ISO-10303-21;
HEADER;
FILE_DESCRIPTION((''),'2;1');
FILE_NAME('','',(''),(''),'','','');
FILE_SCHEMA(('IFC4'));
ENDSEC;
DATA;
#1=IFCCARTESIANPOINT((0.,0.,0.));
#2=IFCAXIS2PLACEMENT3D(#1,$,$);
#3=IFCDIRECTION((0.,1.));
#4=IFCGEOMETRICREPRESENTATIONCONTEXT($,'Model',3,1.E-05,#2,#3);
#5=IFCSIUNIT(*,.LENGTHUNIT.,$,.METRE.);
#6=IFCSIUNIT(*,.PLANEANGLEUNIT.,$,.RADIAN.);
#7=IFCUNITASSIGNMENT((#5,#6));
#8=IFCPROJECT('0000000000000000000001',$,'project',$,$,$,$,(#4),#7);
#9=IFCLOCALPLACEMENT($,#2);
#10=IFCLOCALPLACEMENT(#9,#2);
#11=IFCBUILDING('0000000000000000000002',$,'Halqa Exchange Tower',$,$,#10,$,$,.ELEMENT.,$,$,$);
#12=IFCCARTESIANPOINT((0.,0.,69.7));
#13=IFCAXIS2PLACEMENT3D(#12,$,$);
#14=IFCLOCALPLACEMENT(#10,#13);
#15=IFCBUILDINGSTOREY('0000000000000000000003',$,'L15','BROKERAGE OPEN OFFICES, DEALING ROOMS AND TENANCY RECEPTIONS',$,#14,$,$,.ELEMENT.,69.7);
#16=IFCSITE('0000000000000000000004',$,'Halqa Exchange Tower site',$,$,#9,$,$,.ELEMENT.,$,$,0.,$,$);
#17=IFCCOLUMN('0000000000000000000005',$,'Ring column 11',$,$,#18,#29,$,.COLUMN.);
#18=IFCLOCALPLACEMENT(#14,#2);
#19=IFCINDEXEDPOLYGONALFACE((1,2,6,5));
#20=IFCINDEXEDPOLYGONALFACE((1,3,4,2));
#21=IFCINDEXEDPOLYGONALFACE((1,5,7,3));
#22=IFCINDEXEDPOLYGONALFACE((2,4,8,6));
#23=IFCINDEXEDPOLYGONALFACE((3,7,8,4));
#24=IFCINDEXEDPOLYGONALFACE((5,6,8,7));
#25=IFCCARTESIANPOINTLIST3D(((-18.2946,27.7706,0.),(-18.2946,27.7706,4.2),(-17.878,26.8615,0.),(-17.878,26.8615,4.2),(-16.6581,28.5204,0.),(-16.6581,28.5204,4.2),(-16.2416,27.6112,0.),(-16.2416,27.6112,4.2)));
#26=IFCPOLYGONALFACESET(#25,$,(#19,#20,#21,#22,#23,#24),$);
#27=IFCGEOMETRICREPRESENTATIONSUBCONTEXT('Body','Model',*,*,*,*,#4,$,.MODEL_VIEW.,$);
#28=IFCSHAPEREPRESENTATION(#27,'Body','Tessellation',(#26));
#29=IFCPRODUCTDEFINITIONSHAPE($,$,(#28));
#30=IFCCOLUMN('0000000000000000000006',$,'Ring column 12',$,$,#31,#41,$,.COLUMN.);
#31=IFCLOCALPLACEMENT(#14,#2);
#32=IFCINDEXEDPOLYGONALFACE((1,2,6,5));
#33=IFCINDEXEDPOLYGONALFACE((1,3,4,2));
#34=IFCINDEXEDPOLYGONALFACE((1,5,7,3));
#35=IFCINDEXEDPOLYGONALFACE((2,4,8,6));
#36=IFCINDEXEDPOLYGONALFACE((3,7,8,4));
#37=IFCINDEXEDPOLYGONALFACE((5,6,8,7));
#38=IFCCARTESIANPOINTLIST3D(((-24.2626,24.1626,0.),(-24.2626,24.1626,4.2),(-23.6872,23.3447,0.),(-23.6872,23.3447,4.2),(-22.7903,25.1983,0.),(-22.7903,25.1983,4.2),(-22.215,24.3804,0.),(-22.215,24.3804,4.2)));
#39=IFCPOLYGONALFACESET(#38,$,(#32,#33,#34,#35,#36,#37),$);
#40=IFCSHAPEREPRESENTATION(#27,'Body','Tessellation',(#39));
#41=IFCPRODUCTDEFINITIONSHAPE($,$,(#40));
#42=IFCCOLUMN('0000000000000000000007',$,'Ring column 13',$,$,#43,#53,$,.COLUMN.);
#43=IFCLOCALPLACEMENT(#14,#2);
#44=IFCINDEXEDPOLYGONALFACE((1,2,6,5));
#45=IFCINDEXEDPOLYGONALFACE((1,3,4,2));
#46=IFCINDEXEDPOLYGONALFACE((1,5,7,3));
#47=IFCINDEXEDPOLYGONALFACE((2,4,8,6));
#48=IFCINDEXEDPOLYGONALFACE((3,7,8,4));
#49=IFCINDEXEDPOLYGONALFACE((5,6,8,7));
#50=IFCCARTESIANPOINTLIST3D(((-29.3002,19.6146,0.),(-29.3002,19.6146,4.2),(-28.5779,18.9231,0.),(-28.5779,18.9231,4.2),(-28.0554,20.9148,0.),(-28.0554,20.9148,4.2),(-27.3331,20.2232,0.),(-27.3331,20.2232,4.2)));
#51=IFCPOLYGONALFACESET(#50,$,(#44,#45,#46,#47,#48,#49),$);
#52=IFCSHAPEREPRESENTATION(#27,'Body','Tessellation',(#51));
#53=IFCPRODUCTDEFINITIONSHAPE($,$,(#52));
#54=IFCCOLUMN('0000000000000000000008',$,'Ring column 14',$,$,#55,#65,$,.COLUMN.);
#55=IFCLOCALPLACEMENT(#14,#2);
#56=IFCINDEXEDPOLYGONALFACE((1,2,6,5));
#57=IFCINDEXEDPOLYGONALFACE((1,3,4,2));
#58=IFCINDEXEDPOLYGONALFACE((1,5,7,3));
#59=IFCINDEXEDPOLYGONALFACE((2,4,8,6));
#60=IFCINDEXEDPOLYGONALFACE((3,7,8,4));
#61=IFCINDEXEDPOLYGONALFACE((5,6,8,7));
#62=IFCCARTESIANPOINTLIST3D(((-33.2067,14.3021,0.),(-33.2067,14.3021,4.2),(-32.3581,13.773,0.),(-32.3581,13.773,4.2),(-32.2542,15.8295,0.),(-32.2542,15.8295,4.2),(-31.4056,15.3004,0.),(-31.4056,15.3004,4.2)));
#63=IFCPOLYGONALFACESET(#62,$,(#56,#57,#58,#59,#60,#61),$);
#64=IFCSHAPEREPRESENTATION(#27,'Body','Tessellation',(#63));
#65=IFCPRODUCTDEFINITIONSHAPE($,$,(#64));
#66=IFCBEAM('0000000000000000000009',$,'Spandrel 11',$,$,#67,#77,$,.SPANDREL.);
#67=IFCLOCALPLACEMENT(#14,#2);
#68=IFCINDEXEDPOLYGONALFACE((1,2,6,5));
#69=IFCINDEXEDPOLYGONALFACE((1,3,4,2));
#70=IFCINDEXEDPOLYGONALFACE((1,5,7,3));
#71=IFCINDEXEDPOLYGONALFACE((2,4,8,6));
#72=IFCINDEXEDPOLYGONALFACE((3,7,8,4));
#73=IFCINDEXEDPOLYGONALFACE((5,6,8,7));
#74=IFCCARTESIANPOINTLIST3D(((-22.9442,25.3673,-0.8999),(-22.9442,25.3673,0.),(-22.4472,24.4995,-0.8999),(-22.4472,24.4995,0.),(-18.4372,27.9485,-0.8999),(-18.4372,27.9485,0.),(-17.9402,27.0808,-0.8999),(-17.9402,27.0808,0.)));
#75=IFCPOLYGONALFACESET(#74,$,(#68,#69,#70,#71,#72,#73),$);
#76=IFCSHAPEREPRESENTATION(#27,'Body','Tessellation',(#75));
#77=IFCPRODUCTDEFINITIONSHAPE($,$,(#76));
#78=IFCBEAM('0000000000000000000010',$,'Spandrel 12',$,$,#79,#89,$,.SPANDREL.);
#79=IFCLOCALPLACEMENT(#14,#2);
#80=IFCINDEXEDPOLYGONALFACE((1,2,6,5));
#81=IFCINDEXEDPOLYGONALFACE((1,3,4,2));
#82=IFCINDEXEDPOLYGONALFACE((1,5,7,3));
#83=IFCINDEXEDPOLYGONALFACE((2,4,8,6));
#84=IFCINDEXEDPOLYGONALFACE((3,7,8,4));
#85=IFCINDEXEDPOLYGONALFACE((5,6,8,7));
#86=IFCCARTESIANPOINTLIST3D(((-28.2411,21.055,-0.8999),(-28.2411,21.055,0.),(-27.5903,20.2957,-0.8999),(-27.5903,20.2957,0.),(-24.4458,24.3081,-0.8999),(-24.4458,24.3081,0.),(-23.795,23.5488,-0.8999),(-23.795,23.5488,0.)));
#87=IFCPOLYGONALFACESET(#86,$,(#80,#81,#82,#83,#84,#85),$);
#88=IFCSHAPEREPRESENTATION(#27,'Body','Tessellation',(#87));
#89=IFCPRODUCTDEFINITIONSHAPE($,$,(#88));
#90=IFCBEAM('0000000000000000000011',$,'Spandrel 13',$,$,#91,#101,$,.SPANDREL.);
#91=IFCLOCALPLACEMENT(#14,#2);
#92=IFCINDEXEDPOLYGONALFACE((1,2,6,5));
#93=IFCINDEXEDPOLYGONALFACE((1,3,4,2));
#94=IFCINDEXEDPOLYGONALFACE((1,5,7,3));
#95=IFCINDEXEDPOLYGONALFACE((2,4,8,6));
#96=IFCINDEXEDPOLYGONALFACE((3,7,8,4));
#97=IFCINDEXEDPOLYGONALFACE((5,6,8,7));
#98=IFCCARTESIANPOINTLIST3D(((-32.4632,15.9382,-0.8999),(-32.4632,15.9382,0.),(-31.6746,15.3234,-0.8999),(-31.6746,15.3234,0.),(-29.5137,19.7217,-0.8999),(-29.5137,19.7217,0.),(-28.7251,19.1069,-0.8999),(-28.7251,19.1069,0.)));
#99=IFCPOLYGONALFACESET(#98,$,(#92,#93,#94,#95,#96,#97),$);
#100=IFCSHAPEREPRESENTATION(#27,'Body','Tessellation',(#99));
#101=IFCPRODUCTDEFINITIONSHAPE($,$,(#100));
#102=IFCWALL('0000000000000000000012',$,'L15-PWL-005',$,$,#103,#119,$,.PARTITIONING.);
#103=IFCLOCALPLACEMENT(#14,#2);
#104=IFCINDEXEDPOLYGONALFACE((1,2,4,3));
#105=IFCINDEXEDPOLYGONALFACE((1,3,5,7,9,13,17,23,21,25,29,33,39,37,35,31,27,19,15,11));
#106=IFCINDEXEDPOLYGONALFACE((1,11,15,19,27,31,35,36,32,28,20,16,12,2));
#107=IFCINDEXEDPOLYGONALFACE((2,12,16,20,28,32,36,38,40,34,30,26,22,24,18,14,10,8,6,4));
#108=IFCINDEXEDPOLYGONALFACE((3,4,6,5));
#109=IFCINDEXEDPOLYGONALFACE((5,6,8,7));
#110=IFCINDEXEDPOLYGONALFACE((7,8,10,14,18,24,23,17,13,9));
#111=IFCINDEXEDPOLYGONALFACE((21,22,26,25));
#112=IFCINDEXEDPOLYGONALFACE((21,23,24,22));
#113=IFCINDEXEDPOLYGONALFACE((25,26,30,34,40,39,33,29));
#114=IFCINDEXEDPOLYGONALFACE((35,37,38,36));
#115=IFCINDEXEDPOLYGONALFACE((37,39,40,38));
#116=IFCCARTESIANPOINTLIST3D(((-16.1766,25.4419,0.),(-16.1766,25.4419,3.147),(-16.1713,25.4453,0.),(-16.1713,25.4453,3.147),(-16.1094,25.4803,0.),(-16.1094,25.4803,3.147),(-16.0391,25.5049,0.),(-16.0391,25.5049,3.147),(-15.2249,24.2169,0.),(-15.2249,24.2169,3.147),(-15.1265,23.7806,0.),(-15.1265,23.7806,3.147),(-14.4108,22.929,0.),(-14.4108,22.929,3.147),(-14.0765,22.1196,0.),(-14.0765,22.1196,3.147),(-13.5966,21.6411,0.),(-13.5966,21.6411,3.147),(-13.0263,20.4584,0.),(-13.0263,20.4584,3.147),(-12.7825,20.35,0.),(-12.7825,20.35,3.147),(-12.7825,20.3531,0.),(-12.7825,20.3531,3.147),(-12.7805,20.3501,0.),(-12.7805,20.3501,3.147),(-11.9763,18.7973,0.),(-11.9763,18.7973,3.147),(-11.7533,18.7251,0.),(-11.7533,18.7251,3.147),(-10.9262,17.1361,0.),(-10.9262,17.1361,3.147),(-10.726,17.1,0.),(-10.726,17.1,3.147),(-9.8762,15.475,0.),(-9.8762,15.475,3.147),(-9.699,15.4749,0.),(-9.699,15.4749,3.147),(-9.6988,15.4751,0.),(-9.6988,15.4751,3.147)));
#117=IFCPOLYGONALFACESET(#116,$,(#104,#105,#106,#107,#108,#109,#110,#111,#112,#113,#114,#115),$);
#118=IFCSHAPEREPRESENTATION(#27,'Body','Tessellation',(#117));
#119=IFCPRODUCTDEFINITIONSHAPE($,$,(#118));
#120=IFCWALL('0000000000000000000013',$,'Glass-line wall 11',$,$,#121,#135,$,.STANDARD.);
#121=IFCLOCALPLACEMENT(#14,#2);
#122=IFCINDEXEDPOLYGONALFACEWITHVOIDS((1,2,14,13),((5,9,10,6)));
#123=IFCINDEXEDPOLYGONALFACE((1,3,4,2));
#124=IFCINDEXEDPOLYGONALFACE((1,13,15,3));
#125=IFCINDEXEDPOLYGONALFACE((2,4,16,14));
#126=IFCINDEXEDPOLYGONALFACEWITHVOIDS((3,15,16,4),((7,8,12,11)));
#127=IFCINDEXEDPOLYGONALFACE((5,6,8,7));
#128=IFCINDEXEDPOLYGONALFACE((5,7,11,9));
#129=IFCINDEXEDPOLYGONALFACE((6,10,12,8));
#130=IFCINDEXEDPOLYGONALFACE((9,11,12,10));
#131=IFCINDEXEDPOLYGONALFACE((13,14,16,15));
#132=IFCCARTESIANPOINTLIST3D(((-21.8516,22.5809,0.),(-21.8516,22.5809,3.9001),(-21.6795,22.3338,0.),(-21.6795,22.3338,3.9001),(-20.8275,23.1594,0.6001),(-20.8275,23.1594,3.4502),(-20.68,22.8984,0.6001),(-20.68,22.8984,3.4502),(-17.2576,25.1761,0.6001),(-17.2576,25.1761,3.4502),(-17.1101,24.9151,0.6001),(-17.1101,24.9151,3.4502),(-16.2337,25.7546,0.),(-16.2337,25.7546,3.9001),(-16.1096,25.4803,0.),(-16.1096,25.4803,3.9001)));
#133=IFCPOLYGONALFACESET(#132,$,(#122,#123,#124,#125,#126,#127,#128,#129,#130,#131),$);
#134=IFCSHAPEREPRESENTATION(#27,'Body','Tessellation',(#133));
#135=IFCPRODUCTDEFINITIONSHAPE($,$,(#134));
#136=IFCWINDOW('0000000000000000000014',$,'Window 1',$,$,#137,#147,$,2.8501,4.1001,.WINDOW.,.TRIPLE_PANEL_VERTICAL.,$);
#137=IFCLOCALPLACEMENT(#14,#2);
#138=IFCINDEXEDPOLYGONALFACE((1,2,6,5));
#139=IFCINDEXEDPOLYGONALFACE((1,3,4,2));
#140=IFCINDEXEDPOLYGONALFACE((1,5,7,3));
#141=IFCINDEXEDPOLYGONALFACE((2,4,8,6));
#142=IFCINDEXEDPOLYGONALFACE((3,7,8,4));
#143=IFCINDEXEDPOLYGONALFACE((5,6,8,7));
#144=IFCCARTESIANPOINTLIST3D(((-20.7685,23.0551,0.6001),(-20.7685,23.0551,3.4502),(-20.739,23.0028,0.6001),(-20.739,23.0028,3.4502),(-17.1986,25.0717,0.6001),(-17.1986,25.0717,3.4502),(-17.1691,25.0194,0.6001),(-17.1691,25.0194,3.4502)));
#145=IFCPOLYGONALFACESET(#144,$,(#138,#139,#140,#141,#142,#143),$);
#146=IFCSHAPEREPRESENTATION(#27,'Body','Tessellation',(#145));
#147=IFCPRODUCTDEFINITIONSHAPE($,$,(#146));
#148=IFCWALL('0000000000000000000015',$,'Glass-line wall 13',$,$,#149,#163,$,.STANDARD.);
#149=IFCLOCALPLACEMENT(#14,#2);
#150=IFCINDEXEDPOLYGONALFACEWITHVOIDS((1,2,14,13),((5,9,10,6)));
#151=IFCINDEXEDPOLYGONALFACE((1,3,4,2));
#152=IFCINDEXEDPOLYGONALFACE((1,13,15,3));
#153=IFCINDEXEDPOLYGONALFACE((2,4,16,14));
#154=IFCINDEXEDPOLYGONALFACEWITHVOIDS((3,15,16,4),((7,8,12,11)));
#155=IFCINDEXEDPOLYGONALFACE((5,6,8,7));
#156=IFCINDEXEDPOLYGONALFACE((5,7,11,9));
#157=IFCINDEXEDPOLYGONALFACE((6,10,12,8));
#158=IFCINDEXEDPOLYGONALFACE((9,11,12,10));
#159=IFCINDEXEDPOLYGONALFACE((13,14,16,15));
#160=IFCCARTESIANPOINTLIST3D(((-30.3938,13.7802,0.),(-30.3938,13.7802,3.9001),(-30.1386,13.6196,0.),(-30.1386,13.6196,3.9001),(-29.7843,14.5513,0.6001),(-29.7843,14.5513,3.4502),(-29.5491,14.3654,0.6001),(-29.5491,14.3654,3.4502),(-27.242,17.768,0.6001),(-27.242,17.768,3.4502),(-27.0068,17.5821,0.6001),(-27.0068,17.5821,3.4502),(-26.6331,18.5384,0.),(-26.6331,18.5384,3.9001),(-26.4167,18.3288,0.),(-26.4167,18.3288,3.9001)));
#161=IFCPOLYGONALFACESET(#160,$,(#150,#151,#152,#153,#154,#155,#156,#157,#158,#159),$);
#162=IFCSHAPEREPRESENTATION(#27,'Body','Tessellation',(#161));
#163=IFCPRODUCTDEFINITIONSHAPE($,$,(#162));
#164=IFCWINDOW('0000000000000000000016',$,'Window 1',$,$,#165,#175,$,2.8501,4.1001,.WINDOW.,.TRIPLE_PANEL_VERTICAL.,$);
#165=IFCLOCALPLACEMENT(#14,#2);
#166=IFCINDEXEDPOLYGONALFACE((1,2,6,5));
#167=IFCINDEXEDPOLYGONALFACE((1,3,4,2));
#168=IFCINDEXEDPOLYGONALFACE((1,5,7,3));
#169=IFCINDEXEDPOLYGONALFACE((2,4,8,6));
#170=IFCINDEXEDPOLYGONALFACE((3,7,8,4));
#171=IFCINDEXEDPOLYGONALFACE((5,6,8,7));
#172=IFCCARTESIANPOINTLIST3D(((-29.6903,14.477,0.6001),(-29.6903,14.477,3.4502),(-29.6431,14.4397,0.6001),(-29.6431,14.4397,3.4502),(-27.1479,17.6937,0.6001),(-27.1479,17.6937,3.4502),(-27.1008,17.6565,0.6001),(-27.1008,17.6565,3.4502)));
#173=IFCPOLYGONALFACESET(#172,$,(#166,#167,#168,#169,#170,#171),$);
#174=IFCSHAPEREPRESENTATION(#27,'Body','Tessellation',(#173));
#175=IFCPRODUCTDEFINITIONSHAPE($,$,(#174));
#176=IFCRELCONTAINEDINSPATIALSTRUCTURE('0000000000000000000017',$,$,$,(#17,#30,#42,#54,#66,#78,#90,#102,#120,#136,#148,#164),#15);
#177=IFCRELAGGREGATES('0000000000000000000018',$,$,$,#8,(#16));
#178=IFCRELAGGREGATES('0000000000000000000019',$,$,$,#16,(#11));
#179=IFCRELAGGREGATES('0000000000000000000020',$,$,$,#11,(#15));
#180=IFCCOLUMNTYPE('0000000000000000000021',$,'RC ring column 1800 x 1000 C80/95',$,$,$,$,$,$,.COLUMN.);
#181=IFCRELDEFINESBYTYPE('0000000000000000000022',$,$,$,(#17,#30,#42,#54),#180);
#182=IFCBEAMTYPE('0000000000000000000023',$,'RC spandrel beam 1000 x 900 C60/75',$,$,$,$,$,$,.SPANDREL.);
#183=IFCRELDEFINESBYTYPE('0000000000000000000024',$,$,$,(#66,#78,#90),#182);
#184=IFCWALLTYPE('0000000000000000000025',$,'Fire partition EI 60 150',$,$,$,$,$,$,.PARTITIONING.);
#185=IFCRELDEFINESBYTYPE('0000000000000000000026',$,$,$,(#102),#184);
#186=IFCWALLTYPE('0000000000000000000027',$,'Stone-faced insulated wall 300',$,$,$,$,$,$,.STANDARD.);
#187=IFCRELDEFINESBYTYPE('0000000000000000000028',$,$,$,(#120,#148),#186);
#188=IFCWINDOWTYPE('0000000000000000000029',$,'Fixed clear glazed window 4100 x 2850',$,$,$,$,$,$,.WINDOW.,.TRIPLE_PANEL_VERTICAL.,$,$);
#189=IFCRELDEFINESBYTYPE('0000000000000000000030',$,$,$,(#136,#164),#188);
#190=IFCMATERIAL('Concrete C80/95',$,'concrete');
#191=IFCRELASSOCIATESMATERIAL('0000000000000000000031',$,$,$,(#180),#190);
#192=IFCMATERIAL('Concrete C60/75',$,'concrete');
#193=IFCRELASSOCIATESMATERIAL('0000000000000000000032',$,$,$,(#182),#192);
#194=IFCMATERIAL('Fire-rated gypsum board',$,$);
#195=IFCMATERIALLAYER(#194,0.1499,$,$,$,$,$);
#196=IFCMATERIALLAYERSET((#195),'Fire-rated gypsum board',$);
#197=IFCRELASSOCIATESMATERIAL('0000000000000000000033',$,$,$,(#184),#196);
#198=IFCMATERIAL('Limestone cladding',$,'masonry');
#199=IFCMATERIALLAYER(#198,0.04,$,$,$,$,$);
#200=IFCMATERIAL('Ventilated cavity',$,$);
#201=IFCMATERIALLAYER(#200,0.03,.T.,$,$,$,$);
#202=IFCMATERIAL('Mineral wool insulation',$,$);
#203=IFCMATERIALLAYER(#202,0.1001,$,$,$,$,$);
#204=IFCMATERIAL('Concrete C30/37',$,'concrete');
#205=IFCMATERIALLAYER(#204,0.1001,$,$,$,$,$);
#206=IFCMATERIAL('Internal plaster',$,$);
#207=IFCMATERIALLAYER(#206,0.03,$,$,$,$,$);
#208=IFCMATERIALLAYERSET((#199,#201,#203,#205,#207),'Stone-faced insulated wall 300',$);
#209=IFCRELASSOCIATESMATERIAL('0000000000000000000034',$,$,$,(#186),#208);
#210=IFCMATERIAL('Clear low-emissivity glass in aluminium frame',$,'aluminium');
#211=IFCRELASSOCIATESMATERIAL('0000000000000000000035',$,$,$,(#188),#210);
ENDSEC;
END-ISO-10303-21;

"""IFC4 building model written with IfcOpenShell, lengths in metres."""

from ifc_helpers import new_model, si_unit, direction, frame, frame_2d, origin, origin_2d, place, context, subcontext, project, spatial, polyline, rectangle, outline, extrude, material, layer, layer_set, material_profile, profile_set, type_object, element, fill, save


model = new_model("IFC4")

# Units and contexts
model_context = context("Model", 3, precision=1e-05, world=origin(), true_north=direction((0.0, 1.0)))
body_context = subcontext(model_context, "Body", "Model", "MODEL_VIEW")
ifc_project = project(units=[si_unit("LENGTHUNIT", "METRE"), si_unit("PLANEANGLEUNIT", "RADIAN")], contexts=[model_context])

# Site, building, storey
site_placement = place(None, origin())
site = spatial("IfcSite", under=ifc_project, at=site_placement, Name="Halqa Exchange Tower site", CompositionType="ELEMENT", RefElevation=0.0)
building_placement = place(site_placement, origin())
building = spatial("IfcBuilding", under=site, at=building_placement, Name="Halqa Exchange Tower", CompositionType="ELEMENT")
storey_placement = place(building_placement, frame((0.0, 0.0, 69.7)))
storey = spatial("IfcBuildingStorey", under=building, at=storey_placement, Name="L15", Description="BROKERAGE OPEN OFFICES, DEALING ROOMS AND TENANCY RECEPTIONS", CompositionType="ELEMENT", Elevation=69.7)

# Columns
ifc_material_1 = material(Name="Concrete C80/95", Category="concrete")
ifc_material_profile_1 = material_profile(ifc_material_1, rectangle(XDim=1.8, YDim=1.0, at=origin_2d()), Name="1800 x 1000")
ifc_profile_set_1 = profile_set([ifc_material_profile_1], Name="Concrete C80/95")
column_type = type_object("IfcColumnType", Name="RC ring column 1800 x 1000 C80/95", PredefinedType="COLUMN", material=ifc_profile_set_1)
for number, where, z_axis, x_axis, name in (
    (1, (-17.2681, 27.6909, 0.0), (0.0, 0.0, 1.0), (-0.909127, -0.416519, 0.0), "Ring column 11"),
    (2, (-23.2388, 24.2715, 0.0), (0.0, 0.0, 1.0), (-0.817909, -0.575348, 0.0), "Ring column 12"),
    (3, (-28.3167, 19.9189, 0.0), (0.0, 0.0, 1.0), (-0.691579, -0.722301, 0.0), "Ring column 13"),
    (4, (-32.3062, 14.8013, 0.0), (0.0, 0.0, 1.0), (-0.529145, -0.848531, 0.0), "Ring column 14"),
):
    element("IfcColumn", number, at=place(storey_placement, frame(where, z_axis=z_axis, x_axis=x_axis)), inside=storey, type_object=column_type, Name=name, PredefinedType="COLUMN", context=body_context, shape_type="SweptSolid", body=[
        extrude(rectangle(XDim=1.8, YDim=1.0, at=origin_2d()), origin(), (0.0, 0.0, 1.0), 4.2),
    ])

# Beams
ifc_material_2 = material(Name="Concrete C60/75", Category="concrete")
ifc_material_profile_2 = material_profile(ifc_material_2, rectangle(XDim=1.0, YDim=0.8999, at=origin_2d()), Name="1000 x 900")
ifc_profile_set_2 = profile_set([ifc_material_profile_2], Name="Concrete C60/75")
beam_type = type_object("IfcBeamType", Name="RC spandrel beam 1000 x 900 C60/75", PredefinedType="SPANDREL", material=ifc_profile_set_2)
beam_1_placement = place(storey_placement, frame((-18.1887, 27.5146, -0.45), z_axis=(-0.86776, -0.496984, 0.0), x_axis=(0.496984, -0.86776, 0.0)))
element("IfcBeam", 5, at=beam_1_placement, inside=storey, type_object=beam_type, Name="Spandrel 11", PredefinedType="SPANDREL", context=body_context, shape_type="SweptSolid", body=[
    extrude(rectangle(XDim=1.0, YDim=0.8999, at=origin_2d()), origin(), (0.0, 0.0, 1.0), 5.1938),
])
beam_2_placement = place(storey_placement, frame((-24.1204, 23.9285, -0.45), z_axis=(-0.75926, -0.650787, 0.0), x_axis=(0.650787, -0.75926, 0.0)))
element("IfcBeam", 6, at=beam_2_placement, inside=storey, type_object=beam_type, Name="Spandrel 12", PredefinedType="SPANDREL", context=body_context, shape_type="SweptSolid", body=[
    extrude(rectangle(XDim=1.0, YDim=0.8999, at=origin_2d()), origin(), (0.0, 0.0, 1.0), 4.9988),
])
beam_3_placement = place(storey_placement, frame((-29.1194, 19.4143, -0.45), z_axis=(-0.614821, -0.788667, 0.0), x_axis=(0.788667, -0.614821, 0.0)))
element("IfcBeam", 7, at=beam_3_placement, inside=storey, type_object=beam_type, Name="Spandrel 13", PredefinedType="SPANDREL", context=body_context, shape_type="SweptSolid", body=[
    extrude(rectangle(XDim=1.0, YDim=0.8999, at=origin_2d()), origin(), (0.0, 0.0, 1.0), 4.7974),
])

# Wall
ifc_material_3 = material(Name="Fire-rated gypsum board")
ifc_layer_1 = layer(ifc_material_3, 0.1499)
ifc_layer_set_1 = layer_set([ifc_layer_1], Name="Fire-rated gypsum board")
wall_type_1 = type_object("IfcWallType", Name="Fire partition EI 60 150", PredefinedType="PARTITIONING", material=ifc_layer_set_1)
wall_1_placement = place(storey_placement, frame((-16.1133, 25.4819, 0.0), z_axis=(0.0, 0.0, 1.0), x_axis=(0.534335, -0.845273, 0.0)))
element("IfcWall", 8, at=wall_1_placement, inside=storey, type_object=wall_type_1, Name="L15-PWL-005", PredefinedType="PARTITIONING", context=body_context, shape_type="SweptSolid", body=[
    extrude(outline(polyline([(0.0, -0.075), (1.9653, -0.075), (3.9304, -0.075), (5.8958, -0.075), (7.8608, -0.075), (9.8262, -0.075), (11.7913, -0.075), (11.886, 0.0747), (11.886, 0.075), (9.9636, 0.075), (8.041, 0.075), (6.1187, 0.075), (6.1177, 0.0732), (6.115, 0.075), (4.5913, 0.075), (3.0676, 0.075), (1.5439, 0.075), (0.0203, 0.075), (0.0034, 0.0024), (0.0, -0.0686), (0.0, -0.075)])), origin(), (0.0, 0.0, 1.0), 3.147),
])

# Wall, opening, window
ifc_material_4 = material(Name="Limestone cladding", Category="masonry")
ifc_layer_2 = layer(ifc_material_4, 0.04)
ifc_material_5 = material(Name="Ventilated cavity")
ifc_layer_3 = layer(ifc_material_5, 0.03, ventilated=True)
ifc_material_6 = material(Name="Mineral wool insulation")
ifc_layer_4 = layer(ifc_material_6, 0.1001)
ifc_material_7 = material(Name="Concrete C30/37", Category="concrete")
ifc_layer_5 = layer(ifc_material_7, 0.1001)
ifc_material_8 = material(Name="Internal plaster")
ifc_layer_6 = layer(ifc_material_8, 0.03)
ifc_layer_set_2 = layer_set([ifc_layer_2, ifc_layer_3, ifc_layer_4, ifc_layer_5, ifc_layer_6], Name="Stone-faced insulated wall 300")
wall_type_2 = type_object("IfcWallType", Name="Stone-faced insulated wall 300", PredefinedType="STANDARD", material=ifc_layer_set_2)
wall_2_placement = place(storey_placement, frame((-16.1716, 25.6174, 0.0), z_axis=(0.0, 0.0, 1.0), x_axis=(-0.870674, -0.491861, 0.0)))
wall_2 = element("IfcWall", 9, at=wall_2_placement, inside=storey, type_object=wall_type_2, Name="Glass-line wall 11", PredefinedType="STANDARD", context=body_context, shape_type="SweptSolid", body=[
    extrude(outline(polyline([(-0.0134, -0.1499), (6.439, -0.1499), (6.4106, 0.1499), (0.0134, 0.1499), (-0.0134, -0.1499)])), origin(), (0.0, 0.0, 1.0), 3.9001),
])
opening_1_placement = place(wall_2_placement, frame((1.1626, 0.0, 0.6001)))
opening_1 = element("IfcOpeningElement", 10, at=opening_1_placement, cuts=wall_2, PredefinedType="OPENING", context=body_context, shape_type="SweptSolid", body=[
    extrude(rectangle(XDim=4.1001, YDim=2.8501, at=frame_2d((2.05, 1.425))), frame((0.0, 0.1621, 0.0), z_axis=(0.0, -1.0, 0.0), x_axis=(1.0, 0.0, 0.0)), (0.0, 0.0, 1.0), 0.324),
])
ifc_material_9 = material(Name="Clear low-emissivity glass in aluminium frame", Category="aluminium")
window_type = type_object("IfcWindowType", Name="Fixed clear glazed window 4100 x 2850", PartitioningType="TRIPLE_PANEL_VERTICAL", PredefinedType="WINDOW", material=ifc_material_9)
window_1_placement = place(opening_1_placement, origin())
window_1 = element("IfcWindow", 11, at=window_1_placement, inside=storey, type_object=window_type, Name="Window 1", OverallHeight=2.8501, OverallWidth=4.1001, PartitioningType="TRIPLE_PANEL_VERTICAL", PredefinedType="WINDOW", context=body_context, shape_type="SweptSolid", body=[
    extrude(rectangle(XDim=4.1001, YDim=2.8501, at=frame_2d((2.05, 1.425))), frame((0.0, 0.03, 0.0), z_axis=(0.0, -1.0, 0.0), x_axis=(1.0, 0.0, 0.0)), (0.0, 0.0, 1.0), 0.0601),
])
fill(opening_1, window_1)

# Wall, opening, window
wall_3_placement = place(storey_placement, frame((-26.5249, 18.4336, 0.0), z_axis=(0.0, 0.0, 1.0), x_axis=(-0.620065, -0.78455, 0.0)))
wall_3 = element("IfcWall", 12, at=wall_3_placement, inside=storey, type_object=wall_type_2, Name="Glass-line wall 13", PredefinedType="STANDARD", context=body_context, shape_type="SweptSolid", body=[
    extrude(outline(polyline([(-0.0151, -0.1499), (6.0498, -0.1499), (6.0176, 0.1499), (0.0151, 0.1499), (-0.0151, -0.1499)])), origin(), (0.0, 0.0, 1.0), 3.9001),
])
opening_2_placement = place(wall_3_placement, frame((0.9668, 0.0, 0.6001)))
opening_2 = element("IfcOpeningElement", 13, at=opening_2_placement, cuts=wall_3, PredefinedType="OPENING", context=body_context, shape_type="SweptSolid", body=[
    extrude(rectangle(XDim=4.1001, YDim=2.8501, at=frame_2d((2.05, 1.425))), frame((0.0, 0.1621, 0.0), z_axis=(0.0, -1.0, 0.0), x_axis=(1.0, 0.0, 0.0)), (0.0, 0.0, 1.0), 0.324),
])
window_2_placement = place(opening_2_placement, origin())
window_2 = element("IfcWindow", 14, at=window_2_placement, inside=storey, type_object=window_type, Name="Window 1", OverallHeight=2.8501, OverallWidth=4.1001, PartitioningType="TRIPLE_PANEL_VERTICAL", PredefinedType="WINDOW", context=body_context, shape_type="SweptSolid", body=[
    extrude(rectangle(XDim=4.1001, YDim=2.8501, at=frame_2d((2.05, 1.425))), frame((0.0, 0.03, 0.0), z_axis=(0.0, -1.0, 0.0), x_axis=(1.0, 0.0, 0.0)), (0.0, 0.0, 1.0), 0.0601),
])
fill(opening_2, window_2)

save(model, "model.ifc")
